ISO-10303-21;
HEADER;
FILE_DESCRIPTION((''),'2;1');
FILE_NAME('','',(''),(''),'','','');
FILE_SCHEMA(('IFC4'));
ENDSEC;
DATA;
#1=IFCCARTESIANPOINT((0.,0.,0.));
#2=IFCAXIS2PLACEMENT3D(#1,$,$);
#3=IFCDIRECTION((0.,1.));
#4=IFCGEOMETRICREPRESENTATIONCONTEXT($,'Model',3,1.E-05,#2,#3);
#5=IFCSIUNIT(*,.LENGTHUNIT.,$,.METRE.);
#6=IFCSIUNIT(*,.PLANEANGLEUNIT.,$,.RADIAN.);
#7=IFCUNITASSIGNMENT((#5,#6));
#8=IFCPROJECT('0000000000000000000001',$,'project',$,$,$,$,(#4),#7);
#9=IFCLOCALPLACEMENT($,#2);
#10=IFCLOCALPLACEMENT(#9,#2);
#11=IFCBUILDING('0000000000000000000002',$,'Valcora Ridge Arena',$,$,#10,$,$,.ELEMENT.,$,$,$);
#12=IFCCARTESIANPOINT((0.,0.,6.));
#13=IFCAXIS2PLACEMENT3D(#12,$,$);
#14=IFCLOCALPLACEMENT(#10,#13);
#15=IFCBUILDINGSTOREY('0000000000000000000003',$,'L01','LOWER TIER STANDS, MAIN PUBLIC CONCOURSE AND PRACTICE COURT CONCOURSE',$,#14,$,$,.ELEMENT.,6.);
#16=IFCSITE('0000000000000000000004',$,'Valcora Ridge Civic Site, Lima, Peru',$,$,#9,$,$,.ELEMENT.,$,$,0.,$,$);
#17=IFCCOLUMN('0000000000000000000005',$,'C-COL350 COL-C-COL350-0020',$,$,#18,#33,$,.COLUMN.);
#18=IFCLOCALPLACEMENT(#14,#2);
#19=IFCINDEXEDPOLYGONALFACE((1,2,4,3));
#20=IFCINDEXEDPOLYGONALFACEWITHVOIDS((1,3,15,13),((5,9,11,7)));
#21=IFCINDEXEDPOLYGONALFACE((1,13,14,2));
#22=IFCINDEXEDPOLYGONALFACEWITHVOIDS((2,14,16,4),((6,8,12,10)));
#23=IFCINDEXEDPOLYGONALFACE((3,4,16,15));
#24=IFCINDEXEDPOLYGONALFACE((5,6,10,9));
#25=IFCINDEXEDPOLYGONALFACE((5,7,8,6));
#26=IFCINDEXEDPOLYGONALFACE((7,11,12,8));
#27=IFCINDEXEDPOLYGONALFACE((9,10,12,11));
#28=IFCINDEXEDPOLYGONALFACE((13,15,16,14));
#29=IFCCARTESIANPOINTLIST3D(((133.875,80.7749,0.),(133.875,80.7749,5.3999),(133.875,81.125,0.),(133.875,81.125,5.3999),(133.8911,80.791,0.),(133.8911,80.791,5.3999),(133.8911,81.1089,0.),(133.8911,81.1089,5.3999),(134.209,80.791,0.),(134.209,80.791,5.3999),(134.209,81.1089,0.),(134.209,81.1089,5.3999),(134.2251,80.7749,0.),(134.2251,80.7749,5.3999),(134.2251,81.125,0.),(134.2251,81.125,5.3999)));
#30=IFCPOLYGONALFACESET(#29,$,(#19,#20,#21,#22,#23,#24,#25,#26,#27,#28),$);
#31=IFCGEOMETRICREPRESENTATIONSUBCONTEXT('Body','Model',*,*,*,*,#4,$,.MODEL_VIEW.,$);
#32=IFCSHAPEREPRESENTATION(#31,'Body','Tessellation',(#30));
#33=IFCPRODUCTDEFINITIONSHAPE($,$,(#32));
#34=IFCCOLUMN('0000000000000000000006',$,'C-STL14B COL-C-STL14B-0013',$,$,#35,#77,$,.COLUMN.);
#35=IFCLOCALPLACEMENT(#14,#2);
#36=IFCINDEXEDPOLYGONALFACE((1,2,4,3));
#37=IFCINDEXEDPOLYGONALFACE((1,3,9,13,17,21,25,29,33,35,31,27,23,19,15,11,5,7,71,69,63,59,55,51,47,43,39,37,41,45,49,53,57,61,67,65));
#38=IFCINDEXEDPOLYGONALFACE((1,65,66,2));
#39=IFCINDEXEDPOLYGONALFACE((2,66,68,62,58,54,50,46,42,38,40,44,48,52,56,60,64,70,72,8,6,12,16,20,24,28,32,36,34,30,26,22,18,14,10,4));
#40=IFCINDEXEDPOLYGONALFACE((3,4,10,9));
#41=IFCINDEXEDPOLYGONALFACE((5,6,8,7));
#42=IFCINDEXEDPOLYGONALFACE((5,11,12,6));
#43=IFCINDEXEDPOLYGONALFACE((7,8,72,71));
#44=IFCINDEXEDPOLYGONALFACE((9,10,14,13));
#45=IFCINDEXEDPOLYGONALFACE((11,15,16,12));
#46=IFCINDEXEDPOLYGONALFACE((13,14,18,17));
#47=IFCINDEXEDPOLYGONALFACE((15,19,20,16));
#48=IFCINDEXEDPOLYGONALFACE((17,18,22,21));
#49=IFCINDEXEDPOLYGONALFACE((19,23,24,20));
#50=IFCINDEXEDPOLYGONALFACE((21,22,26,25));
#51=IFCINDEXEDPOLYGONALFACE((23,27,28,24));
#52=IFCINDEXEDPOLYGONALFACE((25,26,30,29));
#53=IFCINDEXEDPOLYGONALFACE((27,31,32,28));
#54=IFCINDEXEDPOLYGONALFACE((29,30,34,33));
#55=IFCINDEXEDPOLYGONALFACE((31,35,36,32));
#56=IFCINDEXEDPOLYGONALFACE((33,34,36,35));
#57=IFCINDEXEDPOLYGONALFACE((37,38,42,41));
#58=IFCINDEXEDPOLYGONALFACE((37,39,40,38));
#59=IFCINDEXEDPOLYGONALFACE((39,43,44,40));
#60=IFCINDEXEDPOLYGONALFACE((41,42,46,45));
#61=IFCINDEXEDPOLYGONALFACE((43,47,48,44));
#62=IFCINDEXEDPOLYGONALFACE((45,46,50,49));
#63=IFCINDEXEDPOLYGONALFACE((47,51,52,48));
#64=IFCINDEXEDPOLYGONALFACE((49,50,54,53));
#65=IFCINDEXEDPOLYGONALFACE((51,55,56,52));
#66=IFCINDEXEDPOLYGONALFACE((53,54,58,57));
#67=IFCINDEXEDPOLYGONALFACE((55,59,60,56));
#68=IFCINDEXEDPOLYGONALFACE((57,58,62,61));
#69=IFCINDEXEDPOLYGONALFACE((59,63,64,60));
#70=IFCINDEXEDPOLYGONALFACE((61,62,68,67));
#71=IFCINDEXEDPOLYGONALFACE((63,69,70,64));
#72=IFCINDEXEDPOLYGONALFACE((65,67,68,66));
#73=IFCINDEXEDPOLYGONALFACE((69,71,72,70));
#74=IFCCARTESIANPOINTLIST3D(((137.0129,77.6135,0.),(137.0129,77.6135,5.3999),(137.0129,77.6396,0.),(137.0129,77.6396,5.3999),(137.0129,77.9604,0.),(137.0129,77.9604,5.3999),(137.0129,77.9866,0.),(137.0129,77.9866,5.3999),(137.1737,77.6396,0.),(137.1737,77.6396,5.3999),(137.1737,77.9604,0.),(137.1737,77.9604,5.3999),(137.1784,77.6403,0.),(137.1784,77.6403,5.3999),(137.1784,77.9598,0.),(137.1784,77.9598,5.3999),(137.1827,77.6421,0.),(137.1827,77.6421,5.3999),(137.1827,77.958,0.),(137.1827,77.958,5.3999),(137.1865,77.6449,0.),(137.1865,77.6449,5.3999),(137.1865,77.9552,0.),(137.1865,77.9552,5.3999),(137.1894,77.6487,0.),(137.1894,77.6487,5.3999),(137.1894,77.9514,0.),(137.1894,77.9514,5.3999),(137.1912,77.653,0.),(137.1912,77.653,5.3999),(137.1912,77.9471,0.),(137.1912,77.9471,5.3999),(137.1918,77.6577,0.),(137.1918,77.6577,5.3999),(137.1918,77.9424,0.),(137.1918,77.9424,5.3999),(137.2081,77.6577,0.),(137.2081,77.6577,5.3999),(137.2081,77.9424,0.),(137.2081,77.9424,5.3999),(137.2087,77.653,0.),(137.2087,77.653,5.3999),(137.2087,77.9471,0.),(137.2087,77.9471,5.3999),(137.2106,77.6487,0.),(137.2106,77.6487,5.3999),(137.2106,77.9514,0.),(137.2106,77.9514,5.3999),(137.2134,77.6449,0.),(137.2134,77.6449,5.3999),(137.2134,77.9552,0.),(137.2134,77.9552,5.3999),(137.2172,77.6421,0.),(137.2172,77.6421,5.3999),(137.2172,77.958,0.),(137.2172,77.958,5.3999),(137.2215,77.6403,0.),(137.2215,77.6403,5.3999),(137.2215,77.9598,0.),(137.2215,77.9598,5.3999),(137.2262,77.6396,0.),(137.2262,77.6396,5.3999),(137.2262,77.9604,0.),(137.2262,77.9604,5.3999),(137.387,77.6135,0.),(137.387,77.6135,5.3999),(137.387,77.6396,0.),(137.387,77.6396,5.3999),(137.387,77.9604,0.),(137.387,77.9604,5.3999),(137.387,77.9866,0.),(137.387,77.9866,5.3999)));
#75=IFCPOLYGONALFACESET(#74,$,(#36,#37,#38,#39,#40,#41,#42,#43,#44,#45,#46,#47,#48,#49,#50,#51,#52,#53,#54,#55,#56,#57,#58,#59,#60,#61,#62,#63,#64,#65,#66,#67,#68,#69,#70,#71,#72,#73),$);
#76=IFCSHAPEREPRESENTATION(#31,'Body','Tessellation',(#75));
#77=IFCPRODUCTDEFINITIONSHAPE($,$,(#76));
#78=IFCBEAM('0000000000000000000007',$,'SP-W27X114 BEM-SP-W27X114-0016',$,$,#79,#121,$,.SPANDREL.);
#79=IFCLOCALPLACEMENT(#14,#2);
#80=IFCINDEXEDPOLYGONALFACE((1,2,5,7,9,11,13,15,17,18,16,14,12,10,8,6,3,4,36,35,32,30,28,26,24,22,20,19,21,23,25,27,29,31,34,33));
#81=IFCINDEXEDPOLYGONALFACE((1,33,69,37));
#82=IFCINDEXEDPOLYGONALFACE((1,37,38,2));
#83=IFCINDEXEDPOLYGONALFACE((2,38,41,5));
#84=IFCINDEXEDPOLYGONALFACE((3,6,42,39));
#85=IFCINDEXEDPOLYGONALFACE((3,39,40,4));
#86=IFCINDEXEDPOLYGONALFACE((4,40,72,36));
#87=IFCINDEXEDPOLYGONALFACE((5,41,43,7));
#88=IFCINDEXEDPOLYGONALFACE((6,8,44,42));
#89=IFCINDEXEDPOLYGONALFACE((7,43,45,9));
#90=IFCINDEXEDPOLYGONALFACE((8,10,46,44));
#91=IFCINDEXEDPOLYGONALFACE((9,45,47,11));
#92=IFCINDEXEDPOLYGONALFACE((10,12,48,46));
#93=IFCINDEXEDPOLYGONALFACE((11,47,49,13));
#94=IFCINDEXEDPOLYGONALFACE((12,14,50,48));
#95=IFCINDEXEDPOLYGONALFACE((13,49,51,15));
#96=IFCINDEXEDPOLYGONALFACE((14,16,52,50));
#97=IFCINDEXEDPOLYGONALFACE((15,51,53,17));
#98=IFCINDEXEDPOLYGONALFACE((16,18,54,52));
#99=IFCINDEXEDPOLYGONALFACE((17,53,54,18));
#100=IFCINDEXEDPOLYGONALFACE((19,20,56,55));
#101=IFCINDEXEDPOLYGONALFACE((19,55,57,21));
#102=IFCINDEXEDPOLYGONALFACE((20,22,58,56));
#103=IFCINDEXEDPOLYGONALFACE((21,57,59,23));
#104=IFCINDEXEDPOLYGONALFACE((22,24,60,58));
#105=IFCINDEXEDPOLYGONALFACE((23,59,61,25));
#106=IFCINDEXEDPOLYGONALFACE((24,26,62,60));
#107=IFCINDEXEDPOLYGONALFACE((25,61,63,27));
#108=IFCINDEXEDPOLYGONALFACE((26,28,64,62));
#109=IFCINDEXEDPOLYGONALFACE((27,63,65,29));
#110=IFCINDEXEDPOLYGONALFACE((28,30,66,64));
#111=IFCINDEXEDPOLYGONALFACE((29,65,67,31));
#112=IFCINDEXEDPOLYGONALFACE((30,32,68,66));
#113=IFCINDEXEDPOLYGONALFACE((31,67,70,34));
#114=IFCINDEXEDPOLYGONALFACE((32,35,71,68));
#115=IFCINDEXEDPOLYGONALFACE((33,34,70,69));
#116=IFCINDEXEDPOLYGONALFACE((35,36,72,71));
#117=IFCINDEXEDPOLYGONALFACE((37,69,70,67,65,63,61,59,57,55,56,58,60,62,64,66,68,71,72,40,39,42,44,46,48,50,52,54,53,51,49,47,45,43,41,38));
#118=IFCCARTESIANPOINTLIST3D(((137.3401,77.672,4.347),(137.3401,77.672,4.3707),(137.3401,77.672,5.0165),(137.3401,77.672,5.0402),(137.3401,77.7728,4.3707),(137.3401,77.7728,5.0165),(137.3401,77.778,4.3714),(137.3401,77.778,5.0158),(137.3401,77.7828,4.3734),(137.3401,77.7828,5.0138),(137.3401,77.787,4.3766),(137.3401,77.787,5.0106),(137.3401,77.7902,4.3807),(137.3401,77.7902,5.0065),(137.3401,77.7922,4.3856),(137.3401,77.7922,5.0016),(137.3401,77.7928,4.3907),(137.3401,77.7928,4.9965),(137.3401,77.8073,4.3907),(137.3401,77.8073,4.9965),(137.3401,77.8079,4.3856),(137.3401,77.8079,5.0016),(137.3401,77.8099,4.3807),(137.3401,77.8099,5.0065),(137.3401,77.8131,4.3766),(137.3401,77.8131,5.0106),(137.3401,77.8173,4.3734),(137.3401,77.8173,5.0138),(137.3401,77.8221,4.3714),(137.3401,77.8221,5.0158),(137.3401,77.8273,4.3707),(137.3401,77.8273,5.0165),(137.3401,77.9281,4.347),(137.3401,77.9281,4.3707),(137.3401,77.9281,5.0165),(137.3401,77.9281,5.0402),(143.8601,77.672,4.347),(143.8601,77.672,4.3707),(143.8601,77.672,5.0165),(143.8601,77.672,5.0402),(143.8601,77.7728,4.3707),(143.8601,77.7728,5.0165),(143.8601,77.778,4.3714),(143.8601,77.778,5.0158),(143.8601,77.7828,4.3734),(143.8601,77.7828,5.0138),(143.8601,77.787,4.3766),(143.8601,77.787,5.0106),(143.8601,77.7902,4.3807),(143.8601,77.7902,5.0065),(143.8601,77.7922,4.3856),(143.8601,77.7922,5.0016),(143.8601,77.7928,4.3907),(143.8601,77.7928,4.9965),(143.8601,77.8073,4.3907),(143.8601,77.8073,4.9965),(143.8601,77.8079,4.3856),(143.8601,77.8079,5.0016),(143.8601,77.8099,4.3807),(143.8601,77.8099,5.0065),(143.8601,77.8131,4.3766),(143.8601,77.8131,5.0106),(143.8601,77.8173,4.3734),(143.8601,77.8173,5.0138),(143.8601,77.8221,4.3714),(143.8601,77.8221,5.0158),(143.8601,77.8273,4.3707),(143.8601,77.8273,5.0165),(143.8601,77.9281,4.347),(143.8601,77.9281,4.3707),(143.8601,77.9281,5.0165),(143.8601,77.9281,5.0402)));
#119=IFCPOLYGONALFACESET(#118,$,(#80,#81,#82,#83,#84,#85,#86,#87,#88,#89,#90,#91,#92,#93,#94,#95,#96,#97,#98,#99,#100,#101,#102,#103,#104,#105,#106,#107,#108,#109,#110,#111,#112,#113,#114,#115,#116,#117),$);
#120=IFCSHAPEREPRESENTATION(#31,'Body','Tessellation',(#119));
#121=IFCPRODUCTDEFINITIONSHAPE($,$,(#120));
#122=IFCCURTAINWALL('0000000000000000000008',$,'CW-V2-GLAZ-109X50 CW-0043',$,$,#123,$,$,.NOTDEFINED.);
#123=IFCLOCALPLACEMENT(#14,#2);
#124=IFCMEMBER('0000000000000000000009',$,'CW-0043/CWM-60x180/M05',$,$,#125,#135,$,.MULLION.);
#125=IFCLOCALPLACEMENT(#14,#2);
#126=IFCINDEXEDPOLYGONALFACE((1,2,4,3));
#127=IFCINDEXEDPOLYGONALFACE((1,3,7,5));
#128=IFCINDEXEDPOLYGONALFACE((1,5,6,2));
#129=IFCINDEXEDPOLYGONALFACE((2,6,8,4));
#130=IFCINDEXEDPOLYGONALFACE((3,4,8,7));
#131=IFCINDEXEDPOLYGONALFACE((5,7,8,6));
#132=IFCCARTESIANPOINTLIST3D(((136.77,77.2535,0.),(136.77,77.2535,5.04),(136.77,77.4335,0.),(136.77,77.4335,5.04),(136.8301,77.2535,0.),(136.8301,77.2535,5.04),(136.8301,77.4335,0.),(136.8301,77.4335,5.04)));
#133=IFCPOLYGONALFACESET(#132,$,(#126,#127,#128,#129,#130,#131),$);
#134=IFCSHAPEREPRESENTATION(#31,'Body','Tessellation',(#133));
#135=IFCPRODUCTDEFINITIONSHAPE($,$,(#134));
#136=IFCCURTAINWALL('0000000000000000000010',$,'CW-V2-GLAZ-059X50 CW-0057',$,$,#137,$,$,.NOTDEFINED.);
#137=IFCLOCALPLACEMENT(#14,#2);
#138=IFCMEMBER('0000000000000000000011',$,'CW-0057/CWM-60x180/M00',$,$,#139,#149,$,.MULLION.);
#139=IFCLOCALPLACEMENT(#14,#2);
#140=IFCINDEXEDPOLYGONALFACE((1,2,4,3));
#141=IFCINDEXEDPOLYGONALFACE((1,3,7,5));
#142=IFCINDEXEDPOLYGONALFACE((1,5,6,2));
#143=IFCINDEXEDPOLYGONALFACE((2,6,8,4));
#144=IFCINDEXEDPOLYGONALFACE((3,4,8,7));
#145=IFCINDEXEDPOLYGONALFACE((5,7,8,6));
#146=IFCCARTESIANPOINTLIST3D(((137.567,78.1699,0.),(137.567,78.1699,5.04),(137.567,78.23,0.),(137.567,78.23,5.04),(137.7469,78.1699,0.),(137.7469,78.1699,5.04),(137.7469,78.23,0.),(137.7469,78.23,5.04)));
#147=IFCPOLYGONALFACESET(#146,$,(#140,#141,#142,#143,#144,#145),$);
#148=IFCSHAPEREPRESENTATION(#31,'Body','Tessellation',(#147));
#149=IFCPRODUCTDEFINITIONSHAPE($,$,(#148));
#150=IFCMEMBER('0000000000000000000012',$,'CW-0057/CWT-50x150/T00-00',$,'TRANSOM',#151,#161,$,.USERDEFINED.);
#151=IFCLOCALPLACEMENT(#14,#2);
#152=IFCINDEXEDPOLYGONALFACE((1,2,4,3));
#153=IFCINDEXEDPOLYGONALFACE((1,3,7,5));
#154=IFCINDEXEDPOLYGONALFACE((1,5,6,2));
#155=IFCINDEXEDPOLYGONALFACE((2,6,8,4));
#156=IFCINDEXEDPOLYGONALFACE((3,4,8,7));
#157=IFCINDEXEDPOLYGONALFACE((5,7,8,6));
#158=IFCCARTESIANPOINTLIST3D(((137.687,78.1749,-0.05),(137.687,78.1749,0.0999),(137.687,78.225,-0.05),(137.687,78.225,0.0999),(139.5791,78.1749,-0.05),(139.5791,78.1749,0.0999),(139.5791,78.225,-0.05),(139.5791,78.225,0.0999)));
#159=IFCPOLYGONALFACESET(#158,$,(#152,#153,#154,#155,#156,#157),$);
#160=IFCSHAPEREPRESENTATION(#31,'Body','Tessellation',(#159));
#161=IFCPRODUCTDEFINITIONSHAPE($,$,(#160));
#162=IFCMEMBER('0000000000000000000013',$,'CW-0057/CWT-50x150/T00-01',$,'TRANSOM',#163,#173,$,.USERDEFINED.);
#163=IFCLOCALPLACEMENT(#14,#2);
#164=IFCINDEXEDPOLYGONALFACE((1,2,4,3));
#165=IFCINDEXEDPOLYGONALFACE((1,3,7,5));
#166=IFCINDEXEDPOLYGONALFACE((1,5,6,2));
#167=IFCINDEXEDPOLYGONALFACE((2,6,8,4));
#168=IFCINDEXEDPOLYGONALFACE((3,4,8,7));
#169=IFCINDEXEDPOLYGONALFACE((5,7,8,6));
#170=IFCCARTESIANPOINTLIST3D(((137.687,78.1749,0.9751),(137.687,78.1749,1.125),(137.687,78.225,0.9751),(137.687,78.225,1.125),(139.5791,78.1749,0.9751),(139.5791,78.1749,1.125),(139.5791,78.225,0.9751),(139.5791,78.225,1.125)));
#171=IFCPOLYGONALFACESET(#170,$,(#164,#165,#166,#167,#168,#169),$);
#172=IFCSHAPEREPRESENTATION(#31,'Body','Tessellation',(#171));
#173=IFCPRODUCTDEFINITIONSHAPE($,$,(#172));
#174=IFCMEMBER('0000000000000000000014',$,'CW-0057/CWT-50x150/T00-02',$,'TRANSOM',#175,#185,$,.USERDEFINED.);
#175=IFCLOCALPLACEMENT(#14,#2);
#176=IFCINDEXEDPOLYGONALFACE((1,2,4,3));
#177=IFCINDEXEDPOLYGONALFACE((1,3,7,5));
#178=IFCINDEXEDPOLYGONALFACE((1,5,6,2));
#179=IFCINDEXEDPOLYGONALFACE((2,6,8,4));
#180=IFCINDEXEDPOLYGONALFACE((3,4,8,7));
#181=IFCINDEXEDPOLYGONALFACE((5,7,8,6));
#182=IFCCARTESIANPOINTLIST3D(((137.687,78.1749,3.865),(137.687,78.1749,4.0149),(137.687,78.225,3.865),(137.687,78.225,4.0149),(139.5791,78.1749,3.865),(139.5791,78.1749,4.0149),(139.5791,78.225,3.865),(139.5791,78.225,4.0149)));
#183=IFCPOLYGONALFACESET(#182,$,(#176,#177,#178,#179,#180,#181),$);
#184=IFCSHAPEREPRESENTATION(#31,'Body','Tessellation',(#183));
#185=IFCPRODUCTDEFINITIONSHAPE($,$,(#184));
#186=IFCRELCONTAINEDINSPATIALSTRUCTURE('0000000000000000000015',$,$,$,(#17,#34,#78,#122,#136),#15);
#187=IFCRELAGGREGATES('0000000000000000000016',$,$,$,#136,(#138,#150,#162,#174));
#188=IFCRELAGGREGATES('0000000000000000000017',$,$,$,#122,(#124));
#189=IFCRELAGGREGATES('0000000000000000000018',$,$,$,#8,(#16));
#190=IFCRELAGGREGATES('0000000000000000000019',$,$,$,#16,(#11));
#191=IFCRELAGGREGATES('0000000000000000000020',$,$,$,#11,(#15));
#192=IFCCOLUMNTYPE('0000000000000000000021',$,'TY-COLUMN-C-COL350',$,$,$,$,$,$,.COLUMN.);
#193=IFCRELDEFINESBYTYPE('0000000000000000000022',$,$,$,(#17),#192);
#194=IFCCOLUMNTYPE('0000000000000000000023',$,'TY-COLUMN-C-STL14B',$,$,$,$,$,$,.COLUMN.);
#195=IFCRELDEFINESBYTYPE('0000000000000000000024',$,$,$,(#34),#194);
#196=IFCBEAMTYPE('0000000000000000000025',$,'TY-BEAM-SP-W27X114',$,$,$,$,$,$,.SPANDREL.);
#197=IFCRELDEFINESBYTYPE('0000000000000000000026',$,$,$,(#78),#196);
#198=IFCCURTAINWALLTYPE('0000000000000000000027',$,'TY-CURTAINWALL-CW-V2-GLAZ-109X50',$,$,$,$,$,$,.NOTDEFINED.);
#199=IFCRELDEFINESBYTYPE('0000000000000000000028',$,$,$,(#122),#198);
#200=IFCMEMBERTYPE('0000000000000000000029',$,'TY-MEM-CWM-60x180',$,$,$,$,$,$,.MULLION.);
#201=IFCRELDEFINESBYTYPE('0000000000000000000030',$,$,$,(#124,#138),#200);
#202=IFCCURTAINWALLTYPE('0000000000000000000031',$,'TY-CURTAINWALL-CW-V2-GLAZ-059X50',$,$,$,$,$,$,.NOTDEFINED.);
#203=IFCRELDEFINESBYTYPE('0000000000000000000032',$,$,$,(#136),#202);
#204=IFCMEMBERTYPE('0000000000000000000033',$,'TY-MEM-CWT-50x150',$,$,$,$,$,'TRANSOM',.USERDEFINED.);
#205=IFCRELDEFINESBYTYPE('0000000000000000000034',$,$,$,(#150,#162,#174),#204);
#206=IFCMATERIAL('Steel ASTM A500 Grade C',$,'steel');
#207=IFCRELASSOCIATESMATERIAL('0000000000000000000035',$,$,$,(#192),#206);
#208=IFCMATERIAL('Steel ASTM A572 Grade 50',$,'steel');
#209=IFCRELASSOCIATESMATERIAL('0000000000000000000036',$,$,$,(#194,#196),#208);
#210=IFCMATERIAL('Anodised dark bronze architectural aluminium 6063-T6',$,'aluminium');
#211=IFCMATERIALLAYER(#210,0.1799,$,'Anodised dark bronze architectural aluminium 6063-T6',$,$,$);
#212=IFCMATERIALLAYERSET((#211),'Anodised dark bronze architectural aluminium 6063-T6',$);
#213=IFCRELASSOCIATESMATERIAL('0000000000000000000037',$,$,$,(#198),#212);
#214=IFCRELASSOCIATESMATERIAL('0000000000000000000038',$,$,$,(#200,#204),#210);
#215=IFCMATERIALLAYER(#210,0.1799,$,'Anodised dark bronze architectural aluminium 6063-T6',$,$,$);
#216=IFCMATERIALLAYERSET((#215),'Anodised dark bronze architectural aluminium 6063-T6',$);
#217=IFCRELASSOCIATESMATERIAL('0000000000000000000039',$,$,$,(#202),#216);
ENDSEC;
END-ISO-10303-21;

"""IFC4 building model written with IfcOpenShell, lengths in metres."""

from ifc_helpers import new_model, si_unit, direction, frame, origin, origin_2d, place, context, subcontext, project, spatial, rectangle, hollow_rectangle, i_section, extrude, material, layer, layer_set, material_profile, profile_set, type_object, element, aggregate, save


model = new_model("IFC4")

# Units and contexts
model_context = context("Model", 3, precision=1e-05, world=origin(), true_north=direction((0.0, 1.0)))
body_context = subcontext(model_context, "Body", "Model", "MODEL_VIEW")
ifc_project = project(units=[si_unit("LENGTHUNIT", "METRE"), si_unit("PLANEANGLEUNIT", "RADIAN")], contexts=[model_context])

# Site, building, storey
site_placement = place(None, origin())
site = spatial("IfcSite", under=ifc_project, at=site_placement, Name="Valcora Ridge Civic Site, Lima, Peru", CompositionType="ELEMENT", RefElevation=0.0)
building_placement = place(site_placement, origin())
building = spatial("IfcBuilding", under=site, at=building_placement, Name="Valcora Ridge Arena", CompositionType="ELEMENT")
storey_placement = place(building_placement, frame((0.0, 0.0, 6.0)))
storey = spatial("IfcBuildingStorey", under=building, at=storey_placement, Name="L01", Description="LOWER TIER STANDS, MAIN PUBLIC CONCOURSE AND PRACTICE COURT CONCOURSE", CompositionType="ELEMENT", Elevation=6.0)

# Columns
ifc_material_1 = material(Name="Steel ASTM A500 Grade C", Category="steel")
ifc_material_profile_1 = material_profile(ifc_material_1, hollow_rectangle(XDim=0.3501, YDim=0.3501, WallThickness=0.0161, at=origin_2d()), Name="HSS350X350X16")
ifc_profile_set_1 = profile_set([ifc_material_profile_1], Name="Steel ASTM A500 Grade C")
column_type_1 = type_object("IfcColumnType", Name="TY-COLUMN-C-COL350", PredefinedType="COLUMN", material=ifc_profile_set_1)
column_1_placement = place(storey_placement, frame((134.05, 80.95, 0.0), z_axis=(0.0, 0.0, 1.0), x_axis=(1.0, 0.0, 0.0)))
element("IfcColumn", 1, at=column_1_placement, inside=storey, type_object=column_type_1, Name="C-COL350 COL-C-COL350-0020", PredefinedType="COLUMN", context=body_context, shape_type="SweptSolid", body=[
    extrude(hollow_rectangle(XDim=0.3501, YDim=0.3501, WallThickness=0.0161, at=origin_2d()), origin(), (0.0, 0.0, 1.0), 5.3999),
])
ifc_material_2 = material(Name="Steel ASTM A572 Grade 50", Category="steel")
ifc_material_profile_2 = material_profile(ifc_material_2, i_section(OverallWidth=0.374, OverallDepth=0.373, WebThickness=0.0164, FlangeThickness=0.0261, FilletRadius=0.0181, at=origin_2d()), Name="W14X132")
ifc_profile_set_2 = profile_set([ifc_material_profile_2], Name="Steel ASTM A572 Grade 50")
column_type_2 = type_object("IfcColumnType", Name="TY-COLUMN-C-STL14B", PredefinedType="COLUMN", material=ifc_profile_set_2)
column_2_placement = place(storey_placement, frame((137.2, 77.8, 0.0), z_axis=(0.0, 0.0, 1.0), x_axis=(1.0, 0.0, 0.0)))
element("IfcColumn", 2, at=column_2_placement, inside=storey, type_object=column_type_2, Name="C-STL14B COL-C-STL14B-0013", PredefinedType="COLUMN", context=body_context, shape_type="SweptSolid", body=[
    extrude(i_section(OverallWidth=0.374, OverallDepth=0.373, WebThickness=0.0164, FlangeThickness=0.0261, FilletRadius=0.0181, at=origin_2d()), origin(), (0.0, 0.0, 1.0), 5.3999),
])

# Beam
ifc_material_profile_3 = material_profile(ifc_material_2, i_section(OverallWidth=0.2561, OverallDepth=0.6931, WebThickness=0.0144, FlangeThickness=0.0237, FilletRadius=0.02, at=origin_2d()), Name="W27X114")
ifc_profile_set_3 = profile_set([ifc_material_profile_3], Name="Steel ASTM A572 Grade 50")
beam_type = type_object("IfcBeamType", Name="TY-BEAM-SP-W27X114", PredefinedType="SPANDREL", material=ifc_profile_set_3)
beam_placement = place(storey_placement, frame((137.3401, 77.8, 4.6936), z_axis=(1.0, 0.0, 0.0), x_axis=(0.0, 1.0, 0.0)))
element("IfcBeam", 3, at=beam_placement, inside=storey, type_object=beam_type, Name="SP-W27X114 BEM-SP-W27X114-0016", PredefinedType="SPANDREL", context=body_context, shape_type="SweptSolid", body=[
    extrude(i_section(OverallWidth=0.2561, OverallDepth=0.6931, WebThickness=0.0144, FlangeThickness=0.0237, FilletRadius=0.02, at=origin_2d()), origin(), (0.0, 0.0, 1.0), 6.52),
])

# Curtain wall, member
ifc_material_3 = material(Name="Anodised dark bronze architectural aluminium 6063-T6", Category="aluminium")
ifc_layer_1 = layer(ifc_material_3, 0.1799, Name="Anodised dark bronze architectural aluminium 6063-T6")
ifc_layer_set_1 = layer_set([ifc_layer_1], Name="Anodised dark bronze architectural aluminium 6063-T6")
curtain_wall_type_1 = type_object("IfcCurtainWallType", Name="TY-CURTAINWALL-CW-V2-GLAZ-109X50", PredefinedType="NOTDEFINED", material=ifc_layer_set_1)
curtain_wall_1_placement = place(storey_placement, origin())
curtain_wall_1 = element("IfcCurtainWall", 4, at=curtain_wall_1_placement, inside=storey, type_object=curtain_wall_type_1, Name="CW-V2-GLAZ-109X50 CW-0043", PredefinedType="NOTDEFINED")
ifc_material_profile_4 = material_profile(ifc_material_3, rectangle(XDim=0.0601, YDim=0.1799, at=origin_2d()), Name="ALU MULLION 60x180")
ifc_profile_set_4 = profile_set([ifc_material_profile_4], Name="Anodised dark bronze architectural aluminium 6063-T6")
member_type_1 = type_object("IfcMemberType", Name="TY-MEM-CWM-60x180", PredefinedType="MULLION", material=ifc_profile_set_4)
member_1_placement = place(storey_placement, frame((136.8, 77.3435, 0.0), z_axis=(0.0, 0.0, 1.0), x_axis=(-1.0, 0.0, 0.0)))
member_1 = element("IfcMember", 5, at=member_1_placement, type_object=member_type_1, Name="CW-0043/CWM-60x180/M05", PredefinedType="MULLION", context=body_context, shape_type="SweptSolid", body=[
    extrude(rectangle(XDim=0.0601, YDim=0.1799, at=origin_2d()), origin(), (0.0, 0.0, 1.0), 5.04),
])

# Curtain wall, members
ifc_layer_2 = layer(ifc_material_3, 0.1799, Name="Anodised dark bronze architectural aluminium 6063-T6")
ifc_layer_set_2 = layer_set([ifc_layer_2], Name="Anodised dark bronze architectural aluminium 6063-T6")
curtain_wall_type_2 = type_object("IfcCurtainWallType", Name="TY-CURTAINWALL-CW-V2-GLAZ-059X50", PredefinedType="NOTDEFINED", material=ifc_layer_set_2)
curtain_wall_2_placement = place(storey_placement, origin())
curtain_wall_2 = element("IfcCurtainWall", 6, at=curtain_wall_2_placement, inside=storey, type_object=curtain_wall_type_2, Name="CW-V2-GLAZ-059X50 CW-0057", PredefinedType="NOTDEFINED")
member_2_placement = place(storey_placement, frame((137.657, 78.2, 0.0), z_axis=(0.0, 0.0, 1.0), x_axis=(0.0, 1.0, 0.0)))
member_2 = element("IfcMember", 7, at=member_2_placement, type_object=member_type_1, Name="CW-0057/CWM-60x180/M00", PredefinedType="MULLION", context=body_context, shape_type="SweptSolid", body=[
    extrude(rectangle(XDim=0.0601, YDim=0.1799, at=origin_2d()), origin(), (0.0, 0.0, 1.0), 5.04),
])
ifc_material_profile_5 = material_profile(ifc_material_3, rectangle(XDim=0.05, YDim=0.1499, at=origin_2d()), Name="ALU TRANSOM 50x150")
ifc_profile_set_5 = profile_set([ifc_material_profile_5], Name="Anodised dark bronze architectural aluminium 6063-T6")
member_type_2 = type_object("IfcMemberType", Name="TY-MEM-CWT-50x150", ElementType="TRANSOM", PredefinedType="USERDEFINED", material=ifc_profile_set_5)
member_3_placement = place(storey_placement, frame((137.687, 78.2, 0.0249), z_axis=(1.0, 0.0, 0.0), x_axis=(0.0, 1.0, 0.0)))
member_3 = element("IfcMember", 8, at=member_3_placement, type_object=member_type_2, Name="CW-0057/CWT-50x150/T00-00", ObjectType="TRANSOM", PredefinedType="USERDEFINED", context=body_context, shape_type="SweptSolid", body=[
    extrude(rectangle(XDim=0.05, YDim=0.1499, at=origin_2d()), origin(), (0.0, 0.0, 1.0), 1.8921),
])
member_4_placement = place(storey_placement, frame((137.687, 78.2, 1.05), z_axis=(1.0, 0.0, 0.0), x_axis=(0.0, 1.0, 0.0)))
member_4 = element("IfcMember", 9, at=member_4_placement, type_object=member_type_2, Name="CW-0057/CWT-50x150/T00-01", ObjectType="TRANSOM", PredefinedType="USERDEFINED", context=body_context, shape_type="SweptSolid", body=[
    extrude(rectangle(XDim=0.05, YDim=0.1499, at=origin_2d()), origin(), (0.0, 0.0, 1.0), 1.8921),
])
member_5_placement = place(storey_placement, frame((137.687, 78.2, 3.9399), z_axis=(1.0, 0.0, 0.0), x_axis=(0.0, 1.0, 0.0)))
member_5 = element("IfcMember", 10, at=member_5_placement, type_object=member_type_2, Name="CW-0057/CWT-50x150/T00-02", ObjectType="TRANSOM", PredefinedType="USERDEFINED", context=body_context, shape_type="SweptSolid", body=[
    extrude(rectangle(XDim=0.05, YDim=0.1499, at=origin_2d()), origin(), (0.0, 0.0, 1.0), 1.8921),
])

aggregate(curtain_wall_2, [member_2, member_3, member_4, member_5])
aggregate(curtain_wall_1, [member_1])

save(model, "model.ifc")
